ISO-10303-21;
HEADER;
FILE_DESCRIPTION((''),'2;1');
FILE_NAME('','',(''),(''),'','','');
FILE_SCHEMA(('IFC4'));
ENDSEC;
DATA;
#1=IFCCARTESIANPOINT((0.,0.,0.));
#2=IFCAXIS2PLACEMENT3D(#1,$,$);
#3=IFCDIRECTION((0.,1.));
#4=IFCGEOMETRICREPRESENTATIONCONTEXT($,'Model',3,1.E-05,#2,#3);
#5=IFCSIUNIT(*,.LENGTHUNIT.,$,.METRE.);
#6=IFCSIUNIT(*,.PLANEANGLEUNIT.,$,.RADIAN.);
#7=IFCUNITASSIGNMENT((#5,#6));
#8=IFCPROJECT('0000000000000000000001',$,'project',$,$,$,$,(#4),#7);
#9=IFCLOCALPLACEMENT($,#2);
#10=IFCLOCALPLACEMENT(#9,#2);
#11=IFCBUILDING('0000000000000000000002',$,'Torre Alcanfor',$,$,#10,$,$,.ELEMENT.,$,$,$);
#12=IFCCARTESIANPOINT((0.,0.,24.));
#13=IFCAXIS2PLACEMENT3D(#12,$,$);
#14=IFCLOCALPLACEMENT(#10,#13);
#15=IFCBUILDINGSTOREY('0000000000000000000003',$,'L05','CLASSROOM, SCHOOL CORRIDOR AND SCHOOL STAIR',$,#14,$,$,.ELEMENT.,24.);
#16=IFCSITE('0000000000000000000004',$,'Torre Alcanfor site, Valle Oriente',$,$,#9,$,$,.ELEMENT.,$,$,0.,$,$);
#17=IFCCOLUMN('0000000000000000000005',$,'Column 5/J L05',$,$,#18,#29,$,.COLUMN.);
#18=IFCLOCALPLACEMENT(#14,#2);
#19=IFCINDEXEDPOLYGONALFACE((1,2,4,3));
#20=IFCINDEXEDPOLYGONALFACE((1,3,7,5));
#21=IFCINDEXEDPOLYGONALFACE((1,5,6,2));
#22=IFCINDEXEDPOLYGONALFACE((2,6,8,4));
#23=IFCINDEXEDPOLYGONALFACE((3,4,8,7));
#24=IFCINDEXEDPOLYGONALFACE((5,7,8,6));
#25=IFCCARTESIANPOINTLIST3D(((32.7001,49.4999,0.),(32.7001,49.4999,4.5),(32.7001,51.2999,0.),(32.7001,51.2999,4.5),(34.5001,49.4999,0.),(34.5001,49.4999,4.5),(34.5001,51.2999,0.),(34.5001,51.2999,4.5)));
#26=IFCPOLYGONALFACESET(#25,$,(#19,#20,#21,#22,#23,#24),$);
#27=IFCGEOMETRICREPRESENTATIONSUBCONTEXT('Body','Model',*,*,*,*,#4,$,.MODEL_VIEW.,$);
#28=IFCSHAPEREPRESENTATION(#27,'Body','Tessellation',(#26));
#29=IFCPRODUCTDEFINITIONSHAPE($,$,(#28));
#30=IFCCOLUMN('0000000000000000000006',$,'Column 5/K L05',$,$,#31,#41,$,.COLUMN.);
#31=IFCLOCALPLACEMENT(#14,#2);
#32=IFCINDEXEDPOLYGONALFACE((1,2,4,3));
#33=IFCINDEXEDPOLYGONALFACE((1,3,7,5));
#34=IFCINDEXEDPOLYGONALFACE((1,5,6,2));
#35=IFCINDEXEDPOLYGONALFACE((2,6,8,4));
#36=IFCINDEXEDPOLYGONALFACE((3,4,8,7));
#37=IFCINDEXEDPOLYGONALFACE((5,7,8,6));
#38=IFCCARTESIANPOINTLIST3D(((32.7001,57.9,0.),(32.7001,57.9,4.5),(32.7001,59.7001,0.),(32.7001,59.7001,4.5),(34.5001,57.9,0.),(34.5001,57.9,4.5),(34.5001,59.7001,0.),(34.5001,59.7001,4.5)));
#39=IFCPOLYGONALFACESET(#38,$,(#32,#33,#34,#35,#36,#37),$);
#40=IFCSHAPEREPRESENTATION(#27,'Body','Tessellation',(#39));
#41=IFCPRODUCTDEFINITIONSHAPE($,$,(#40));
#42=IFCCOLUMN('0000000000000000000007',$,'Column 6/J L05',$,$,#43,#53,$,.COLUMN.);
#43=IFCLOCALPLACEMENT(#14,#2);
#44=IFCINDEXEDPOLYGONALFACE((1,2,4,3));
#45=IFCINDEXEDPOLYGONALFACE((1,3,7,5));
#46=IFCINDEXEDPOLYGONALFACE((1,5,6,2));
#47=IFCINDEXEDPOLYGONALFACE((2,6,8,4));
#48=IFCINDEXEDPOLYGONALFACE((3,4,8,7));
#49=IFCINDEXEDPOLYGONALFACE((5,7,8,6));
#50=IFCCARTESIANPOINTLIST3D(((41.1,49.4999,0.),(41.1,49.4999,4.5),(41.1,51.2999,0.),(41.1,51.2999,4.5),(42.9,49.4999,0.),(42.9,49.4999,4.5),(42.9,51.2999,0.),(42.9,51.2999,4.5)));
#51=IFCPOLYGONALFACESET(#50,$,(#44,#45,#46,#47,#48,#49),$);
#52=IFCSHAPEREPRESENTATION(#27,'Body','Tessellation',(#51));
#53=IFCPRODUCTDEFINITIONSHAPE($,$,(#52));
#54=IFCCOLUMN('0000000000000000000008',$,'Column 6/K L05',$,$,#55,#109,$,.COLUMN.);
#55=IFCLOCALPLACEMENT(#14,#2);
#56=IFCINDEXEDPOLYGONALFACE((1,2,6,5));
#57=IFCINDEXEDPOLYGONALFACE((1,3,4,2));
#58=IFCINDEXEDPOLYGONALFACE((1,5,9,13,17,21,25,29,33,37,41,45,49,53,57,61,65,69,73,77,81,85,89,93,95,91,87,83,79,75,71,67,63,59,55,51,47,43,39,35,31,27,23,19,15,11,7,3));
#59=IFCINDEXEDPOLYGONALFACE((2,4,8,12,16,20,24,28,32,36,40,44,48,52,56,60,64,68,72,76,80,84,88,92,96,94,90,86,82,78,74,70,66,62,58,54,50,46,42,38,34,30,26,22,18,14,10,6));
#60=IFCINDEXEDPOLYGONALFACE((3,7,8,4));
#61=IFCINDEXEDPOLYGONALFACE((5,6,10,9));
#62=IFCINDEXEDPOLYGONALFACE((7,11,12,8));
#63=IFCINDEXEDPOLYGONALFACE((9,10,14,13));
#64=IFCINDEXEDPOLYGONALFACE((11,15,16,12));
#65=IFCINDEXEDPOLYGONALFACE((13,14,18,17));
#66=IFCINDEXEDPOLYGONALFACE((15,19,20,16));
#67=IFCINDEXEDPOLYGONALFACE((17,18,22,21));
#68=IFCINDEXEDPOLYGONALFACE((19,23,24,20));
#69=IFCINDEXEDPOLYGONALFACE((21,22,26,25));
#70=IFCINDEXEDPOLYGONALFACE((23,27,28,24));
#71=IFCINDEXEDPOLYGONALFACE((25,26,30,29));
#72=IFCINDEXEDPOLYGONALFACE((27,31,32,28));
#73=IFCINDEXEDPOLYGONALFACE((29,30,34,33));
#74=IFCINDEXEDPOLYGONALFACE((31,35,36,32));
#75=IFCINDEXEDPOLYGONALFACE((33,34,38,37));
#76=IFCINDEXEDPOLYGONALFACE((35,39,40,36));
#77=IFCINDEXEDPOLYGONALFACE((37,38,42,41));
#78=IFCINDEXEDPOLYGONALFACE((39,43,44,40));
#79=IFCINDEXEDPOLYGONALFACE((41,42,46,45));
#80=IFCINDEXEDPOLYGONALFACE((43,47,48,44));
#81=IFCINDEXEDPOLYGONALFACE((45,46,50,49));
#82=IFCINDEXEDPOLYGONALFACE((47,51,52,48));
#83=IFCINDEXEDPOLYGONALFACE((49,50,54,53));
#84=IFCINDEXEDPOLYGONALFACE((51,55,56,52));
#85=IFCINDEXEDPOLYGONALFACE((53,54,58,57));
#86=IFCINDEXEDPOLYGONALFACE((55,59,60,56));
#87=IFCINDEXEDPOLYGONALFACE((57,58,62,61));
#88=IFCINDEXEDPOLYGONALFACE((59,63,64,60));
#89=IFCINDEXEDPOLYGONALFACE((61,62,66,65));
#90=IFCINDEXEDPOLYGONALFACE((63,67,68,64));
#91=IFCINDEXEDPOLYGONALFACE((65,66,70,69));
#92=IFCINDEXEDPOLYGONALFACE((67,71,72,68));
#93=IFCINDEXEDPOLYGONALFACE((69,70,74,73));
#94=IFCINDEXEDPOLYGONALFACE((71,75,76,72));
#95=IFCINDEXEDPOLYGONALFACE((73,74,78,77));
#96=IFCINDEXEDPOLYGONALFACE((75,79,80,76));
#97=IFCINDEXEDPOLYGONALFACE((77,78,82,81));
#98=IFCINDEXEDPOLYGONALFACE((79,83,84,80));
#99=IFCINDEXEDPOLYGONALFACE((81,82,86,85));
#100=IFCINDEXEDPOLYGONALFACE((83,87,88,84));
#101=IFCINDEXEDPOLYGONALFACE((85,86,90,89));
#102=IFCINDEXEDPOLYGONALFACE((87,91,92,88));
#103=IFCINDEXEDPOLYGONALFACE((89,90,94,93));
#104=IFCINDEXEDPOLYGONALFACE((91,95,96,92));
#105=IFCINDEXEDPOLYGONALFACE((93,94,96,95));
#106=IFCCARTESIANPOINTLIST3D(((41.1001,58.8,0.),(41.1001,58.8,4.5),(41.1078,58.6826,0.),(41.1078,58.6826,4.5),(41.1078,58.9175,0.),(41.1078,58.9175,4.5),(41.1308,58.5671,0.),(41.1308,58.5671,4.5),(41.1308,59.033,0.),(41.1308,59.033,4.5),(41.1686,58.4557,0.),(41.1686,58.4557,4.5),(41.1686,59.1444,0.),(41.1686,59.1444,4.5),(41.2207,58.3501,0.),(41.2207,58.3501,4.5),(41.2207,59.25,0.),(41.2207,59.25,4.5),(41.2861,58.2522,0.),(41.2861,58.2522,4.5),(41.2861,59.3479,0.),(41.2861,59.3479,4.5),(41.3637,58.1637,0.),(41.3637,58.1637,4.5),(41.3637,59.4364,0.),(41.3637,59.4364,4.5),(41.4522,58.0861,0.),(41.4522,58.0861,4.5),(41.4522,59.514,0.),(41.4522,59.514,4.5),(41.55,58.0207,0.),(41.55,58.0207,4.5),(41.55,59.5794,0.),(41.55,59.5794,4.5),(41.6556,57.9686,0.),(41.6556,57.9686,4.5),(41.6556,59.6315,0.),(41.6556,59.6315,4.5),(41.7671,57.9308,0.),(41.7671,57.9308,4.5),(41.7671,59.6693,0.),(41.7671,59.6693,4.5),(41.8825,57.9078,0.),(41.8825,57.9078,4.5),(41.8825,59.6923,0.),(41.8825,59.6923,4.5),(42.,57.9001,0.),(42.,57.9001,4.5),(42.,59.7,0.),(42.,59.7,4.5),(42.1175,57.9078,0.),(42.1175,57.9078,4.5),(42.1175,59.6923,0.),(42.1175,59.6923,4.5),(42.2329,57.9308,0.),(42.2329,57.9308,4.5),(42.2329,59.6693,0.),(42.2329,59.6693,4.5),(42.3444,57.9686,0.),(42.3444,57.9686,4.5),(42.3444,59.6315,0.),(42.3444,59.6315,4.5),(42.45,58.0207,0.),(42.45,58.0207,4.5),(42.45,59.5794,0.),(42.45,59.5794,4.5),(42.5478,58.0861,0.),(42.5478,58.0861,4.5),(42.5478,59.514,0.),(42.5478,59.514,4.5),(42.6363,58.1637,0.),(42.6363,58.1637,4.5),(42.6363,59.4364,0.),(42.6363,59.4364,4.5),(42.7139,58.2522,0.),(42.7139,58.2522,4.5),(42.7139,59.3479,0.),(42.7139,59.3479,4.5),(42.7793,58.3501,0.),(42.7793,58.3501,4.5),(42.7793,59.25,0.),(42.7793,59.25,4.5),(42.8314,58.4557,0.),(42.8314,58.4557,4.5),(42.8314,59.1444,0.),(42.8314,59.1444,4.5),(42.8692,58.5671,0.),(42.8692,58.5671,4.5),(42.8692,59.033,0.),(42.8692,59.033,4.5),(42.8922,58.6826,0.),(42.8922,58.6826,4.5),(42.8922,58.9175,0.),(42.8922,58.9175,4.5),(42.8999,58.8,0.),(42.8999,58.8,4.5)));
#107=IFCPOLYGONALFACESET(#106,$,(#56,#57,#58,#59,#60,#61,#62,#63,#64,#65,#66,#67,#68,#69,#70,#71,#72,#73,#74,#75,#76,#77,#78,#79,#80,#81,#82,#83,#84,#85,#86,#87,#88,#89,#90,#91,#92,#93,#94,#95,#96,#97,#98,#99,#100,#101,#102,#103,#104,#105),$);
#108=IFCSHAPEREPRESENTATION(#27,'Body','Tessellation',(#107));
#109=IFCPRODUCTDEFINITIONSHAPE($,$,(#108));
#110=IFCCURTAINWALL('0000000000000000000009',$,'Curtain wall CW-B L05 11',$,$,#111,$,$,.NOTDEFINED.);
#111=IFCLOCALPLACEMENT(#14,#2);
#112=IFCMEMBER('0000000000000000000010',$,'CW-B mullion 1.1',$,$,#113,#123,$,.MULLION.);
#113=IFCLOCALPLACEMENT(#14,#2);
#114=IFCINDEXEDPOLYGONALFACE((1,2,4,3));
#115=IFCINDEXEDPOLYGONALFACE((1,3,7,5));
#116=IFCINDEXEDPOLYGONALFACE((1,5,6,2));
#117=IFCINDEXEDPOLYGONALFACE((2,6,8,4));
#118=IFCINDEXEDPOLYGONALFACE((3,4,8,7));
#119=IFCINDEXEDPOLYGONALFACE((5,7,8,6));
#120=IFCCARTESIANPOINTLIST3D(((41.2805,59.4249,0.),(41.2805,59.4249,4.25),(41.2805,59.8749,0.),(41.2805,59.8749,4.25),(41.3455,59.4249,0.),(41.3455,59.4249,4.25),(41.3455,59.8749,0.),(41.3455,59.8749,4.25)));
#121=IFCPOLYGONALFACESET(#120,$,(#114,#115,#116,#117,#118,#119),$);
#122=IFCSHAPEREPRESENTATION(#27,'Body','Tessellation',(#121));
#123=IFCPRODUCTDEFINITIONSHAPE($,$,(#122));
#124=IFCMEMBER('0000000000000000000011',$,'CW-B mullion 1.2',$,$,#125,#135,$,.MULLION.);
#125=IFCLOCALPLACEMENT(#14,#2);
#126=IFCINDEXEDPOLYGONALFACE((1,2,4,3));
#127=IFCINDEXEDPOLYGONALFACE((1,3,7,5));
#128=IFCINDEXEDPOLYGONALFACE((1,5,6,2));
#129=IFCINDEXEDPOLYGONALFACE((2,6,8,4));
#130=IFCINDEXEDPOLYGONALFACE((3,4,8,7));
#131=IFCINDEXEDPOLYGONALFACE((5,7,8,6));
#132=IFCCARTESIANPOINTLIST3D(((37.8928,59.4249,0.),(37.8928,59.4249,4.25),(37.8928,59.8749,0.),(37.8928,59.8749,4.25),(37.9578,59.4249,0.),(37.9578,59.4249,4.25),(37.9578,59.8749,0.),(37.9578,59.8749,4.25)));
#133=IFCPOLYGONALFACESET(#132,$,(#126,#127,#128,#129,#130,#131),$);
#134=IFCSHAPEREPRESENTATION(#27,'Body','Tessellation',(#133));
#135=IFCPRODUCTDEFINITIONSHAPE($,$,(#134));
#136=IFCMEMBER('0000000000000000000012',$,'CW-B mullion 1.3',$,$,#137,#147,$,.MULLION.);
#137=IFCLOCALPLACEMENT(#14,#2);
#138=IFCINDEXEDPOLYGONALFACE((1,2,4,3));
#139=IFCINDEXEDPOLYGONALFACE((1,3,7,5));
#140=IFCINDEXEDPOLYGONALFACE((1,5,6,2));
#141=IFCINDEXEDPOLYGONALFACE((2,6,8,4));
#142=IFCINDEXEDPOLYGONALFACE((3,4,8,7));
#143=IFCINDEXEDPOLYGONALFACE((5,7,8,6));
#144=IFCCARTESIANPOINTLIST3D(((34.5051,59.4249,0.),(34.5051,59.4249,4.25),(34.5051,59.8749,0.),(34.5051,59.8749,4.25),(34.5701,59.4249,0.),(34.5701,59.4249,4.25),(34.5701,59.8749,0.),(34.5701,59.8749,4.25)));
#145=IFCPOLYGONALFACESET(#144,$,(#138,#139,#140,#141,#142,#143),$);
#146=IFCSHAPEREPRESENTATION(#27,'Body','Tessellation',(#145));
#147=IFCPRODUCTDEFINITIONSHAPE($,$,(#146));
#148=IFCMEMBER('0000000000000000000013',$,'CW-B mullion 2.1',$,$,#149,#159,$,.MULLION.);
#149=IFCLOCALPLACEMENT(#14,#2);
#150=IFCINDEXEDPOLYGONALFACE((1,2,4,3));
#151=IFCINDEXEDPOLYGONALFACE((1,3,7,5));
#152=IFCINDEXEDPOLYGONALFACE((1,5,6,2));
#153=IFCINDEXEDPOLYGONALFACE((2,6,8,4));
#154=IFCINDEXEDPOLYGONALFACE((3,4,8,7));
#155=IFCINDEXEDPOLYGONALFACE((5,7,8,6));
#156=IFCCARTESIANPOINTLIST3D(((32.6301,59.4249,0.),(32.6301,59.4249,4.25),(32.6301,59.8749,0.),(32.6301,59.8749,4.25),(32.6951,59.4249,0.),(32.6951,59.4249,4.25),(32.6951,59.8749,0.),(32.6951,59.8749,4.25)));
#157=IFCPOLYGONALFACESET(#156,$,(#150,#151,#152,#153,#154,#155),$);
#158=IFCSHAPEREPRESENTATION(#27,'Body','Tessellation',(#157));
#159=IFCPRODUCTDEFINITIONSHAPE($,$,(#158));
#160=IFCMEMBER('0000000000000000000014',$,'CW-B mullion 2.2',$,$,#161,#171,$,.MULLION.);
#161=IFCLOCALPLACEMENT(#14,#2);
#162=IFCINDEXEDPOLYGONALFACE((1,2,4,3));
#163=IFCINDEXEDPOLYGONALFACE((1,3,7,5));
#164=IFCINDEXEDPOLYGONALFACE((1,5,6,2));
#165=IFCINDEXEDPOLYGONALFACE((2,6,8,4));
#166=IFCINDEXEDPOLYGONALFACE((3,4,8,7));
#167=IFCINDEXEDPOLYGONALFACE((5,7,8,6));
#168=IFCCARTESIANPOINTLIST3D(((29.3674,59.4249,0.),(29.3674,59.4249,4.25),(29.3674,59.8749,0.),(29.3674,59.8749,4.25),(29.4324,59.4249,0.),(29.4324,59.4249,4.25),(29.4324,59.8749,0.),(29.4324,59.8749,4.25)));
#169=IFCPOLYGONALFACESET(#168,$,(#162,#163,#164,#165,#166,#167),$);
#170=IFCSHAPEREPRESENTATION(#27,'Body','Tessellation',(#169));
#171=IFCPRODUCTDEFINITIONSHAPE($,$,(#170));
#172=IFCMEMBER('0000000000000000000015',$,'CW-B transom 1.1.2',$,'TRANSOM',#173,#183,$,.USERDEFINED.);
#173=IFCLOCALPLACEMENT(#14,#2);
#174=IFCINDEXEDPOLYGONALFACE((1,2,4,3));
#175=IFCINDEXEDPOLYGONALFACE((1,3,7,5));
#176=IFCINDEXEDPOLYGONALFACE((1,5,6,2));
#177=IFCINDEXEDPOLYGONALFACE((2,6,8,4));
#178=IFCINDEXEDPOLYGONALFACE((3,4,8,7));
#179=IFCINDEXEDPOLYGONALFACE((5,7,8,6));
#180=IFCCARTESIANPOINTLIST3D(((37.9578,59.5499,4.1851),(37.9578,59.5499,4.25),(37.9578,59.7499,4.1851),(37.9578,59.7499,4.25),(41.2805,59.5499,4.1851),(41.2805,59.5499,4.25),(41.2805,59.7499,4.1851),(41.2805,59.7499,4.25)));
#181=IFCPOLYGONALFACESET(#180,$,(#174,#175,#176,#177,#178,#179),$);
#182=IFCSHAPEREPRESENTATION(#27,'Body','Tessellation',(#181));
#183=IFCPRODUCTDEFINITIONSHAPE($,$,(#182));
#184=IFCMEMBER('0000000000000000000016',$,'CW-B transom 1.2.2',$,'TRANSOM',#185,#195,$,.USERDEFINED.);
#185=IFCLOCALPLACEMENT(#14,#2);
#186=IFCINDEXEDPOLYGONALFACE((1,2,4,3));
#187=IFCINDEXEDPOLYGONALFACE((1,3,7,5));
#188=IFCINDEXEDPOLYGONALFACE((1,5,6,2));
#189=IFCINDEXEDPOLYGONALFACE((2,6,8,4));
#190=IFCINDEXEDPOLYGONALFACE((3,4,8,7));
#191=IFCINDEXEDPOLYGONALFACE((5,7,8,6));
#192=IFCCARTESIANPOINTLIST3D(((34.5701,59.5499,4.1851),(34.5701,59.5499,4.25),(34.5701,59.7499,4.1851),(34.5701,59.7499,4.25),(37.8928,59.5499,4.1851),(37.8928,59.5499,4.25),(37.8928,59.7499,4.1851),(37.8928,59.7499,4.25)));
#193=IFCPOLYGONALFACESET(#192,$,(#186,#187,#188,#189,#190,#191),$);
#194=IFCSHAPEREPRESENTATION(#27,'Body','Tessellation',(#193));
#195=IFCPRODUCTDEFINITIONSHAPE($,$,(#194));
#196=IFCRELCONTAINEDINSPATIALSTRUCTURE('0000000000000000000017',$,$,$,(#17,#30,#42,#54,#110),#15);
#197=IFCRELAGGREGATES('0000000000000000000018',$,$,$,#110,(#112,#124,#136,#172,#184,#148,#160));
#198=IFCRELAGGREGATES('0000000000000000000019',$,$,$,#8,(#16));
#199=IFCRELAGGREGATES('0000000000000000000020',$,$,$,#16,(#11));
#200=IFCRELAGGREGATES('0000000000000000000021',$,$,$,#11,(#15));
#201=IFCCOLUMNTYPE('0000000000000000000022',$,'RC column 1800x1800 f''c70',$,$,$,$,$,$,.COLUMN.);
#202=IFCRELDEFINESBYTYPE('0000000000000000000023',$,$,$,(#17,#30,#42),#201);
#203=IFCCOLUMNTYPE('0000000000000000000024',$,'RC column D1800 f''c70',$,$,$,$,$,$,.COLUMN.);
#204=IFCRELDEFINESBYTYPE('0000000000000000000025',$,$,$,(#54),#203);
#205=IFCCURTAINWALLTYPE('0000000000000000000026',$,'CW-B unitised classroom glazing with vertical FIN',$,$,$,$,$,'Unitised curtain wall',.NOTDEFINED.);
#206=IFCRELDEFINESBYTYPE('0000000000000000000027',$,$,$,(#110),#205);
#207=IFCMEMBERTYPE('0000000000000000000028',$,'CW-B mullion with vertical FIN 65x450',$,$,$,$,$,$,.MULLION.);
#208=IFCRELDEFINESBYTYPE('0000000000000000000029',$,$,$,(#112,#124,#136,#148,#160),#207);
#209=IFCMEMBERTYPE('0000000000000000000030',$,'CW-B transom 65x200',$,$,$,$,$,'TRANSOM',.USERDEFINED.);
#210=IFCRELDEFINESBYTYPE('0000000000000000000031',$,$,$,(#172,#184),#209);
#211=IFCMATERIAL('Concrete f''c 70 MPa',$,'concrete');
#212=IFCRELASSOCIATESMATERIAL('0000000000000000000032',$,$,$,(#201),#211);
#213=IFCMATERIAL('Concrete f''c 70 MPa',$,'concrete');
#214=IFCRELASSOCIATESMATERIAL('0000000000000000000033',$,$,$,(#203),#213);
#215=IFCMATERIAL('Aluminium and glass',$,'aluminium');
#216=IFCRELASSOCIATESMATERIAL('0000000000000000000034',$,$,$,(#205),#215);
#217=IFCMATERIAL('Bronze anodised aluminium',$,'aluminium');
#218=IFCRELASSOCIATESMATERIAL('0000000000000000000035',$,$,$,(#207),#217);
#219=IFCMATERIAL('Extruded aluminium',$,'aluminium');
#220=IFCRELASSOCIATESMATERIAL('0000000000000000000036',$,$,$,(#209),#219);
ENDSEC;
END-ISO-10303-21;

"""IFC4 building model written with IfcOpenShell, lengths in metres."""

from ifc_helpers import new_model, si_unit, direction, frame, origin, origin_2d, place, context, subcontext, project, spatial, rectangle, circle, extrude, material, material_profile, profile_set, type_object, element, aggregate, save


model = new_model("IFC4")

# Units and contexts
model_context = context("Model", 3, precision=1e-05, world=origin(), true_north=direction((0.0, 1.0)))
body_context = subcontext(model_context, "Body", "Model", "MODEL_VIEW")
ifc_project = project(units=[si_unit("LENGTHUNIT", "METRE"), si_unit("PLANEANGLEUNIT", "RADIAN")], contexts=[model_context])

# Site, building, storey
site_placement = place(None, origin())
site = spatial("IfcSite", under=ifc_project, at=site_placement, Name="Torre Alcanfor site, Valle Oriente", CompositionType="ELEMENT", RefElevation=0.0)
building_placement = place(site_placement, origin())
building = spatial("IfcBuilding", under=site, at=building_placement, Name="Torre Alcanfor", CompositionType="ELEMENT")
storey_placement = place(building_placement, frame((0.0, 0.0, 24.0)))
storey = spatial("IfcBuildingStorey", under=building, at=storey_placement, Name="L05", Description="CLASSROOM, SCHOOL CORRIDOR AND SCHOOL STAIR", CompositionType="ELEMENT", Elevation=24.0)

# Columns
ifc_material_1 = material(Name="Concrete f'c 70 MPa", Category="concrete")
ifc_material_profile_1 = material_profile(ifc_material_1, rectangle(XDim=1.8, YDim=1.8, at=origin_2d()), Name="1800x1800")
ifc_profile_set_1 = profile_set([ifc_material_profile_1], Name="Concrete f'c 70 MPa")
column_type_1 = type_object("IfcColumnType", Name="RC column 1800x1800 f'c70", PredefinedType="COLUMN", material=ifc_profile_set_1)
for number, where, z_axis, x_axis, name in (
    (1, (33.6001, 50.3999, 0.0), (0.0, 0.0, 1.0), (1.0, 0.0, 0.0), "Column 5/J L05"),
    (2, (33.6001, 58.8, 0.0), (0.0, 0.0, 1.0), (1.0, 0.0, 0.0), "Column 5/K L05"),
    (3, (42.0, 50.3999, 0.0), (0.0, 0.0, 1.0), (1.0, 0.0, 0.0), "Column 6/J L05"),
):
    element("IfcColumn", number, at=place(storey_placement, frame(where, z_axis=z_axis, x_axis=x_axis)), inside=storey, type_object=column_type_1, Name=name, PredefinedType="COLUMN", context=body_context, shape_type="SweptSolid", body=[
        extrude(rectangle(XDim=1.8, YDim=1.8, at=origin_2d()), origin(), (0.0, 0.0, 1.0), 4.5),
    ])
ifc_material_2 = material(Name="Concrete f'c 70 MPa", Category="concrete")
ifc_material_profile_2 = material_profile(ifc_material_2, circle(Radius=0.8999, at=origin_2d()), Name="D1800")
ifc_profile_set_2 = profile_set([ifc_material_profile_2], Name="Concrete f'c 70 MPa")
column_type_2 = type_object("IfcColumnType", Name="RC column D1800 f'c70", PredefinedType="COLUMN", material=ifc_profile_set_2)
column_placement = place(storey_placement, frame((42.0, 58.8, 0.0), z_axis=(0.0, 0.0, 1.0), x_axis=(1.0, 0.0, 0.0)))
element("IfcColumn", 4, at=column_placement, inside=storey, type_object=column_type_2, Name="Column 6/K L05", PredefinedType="COLUMN", context=body_context, shape_type="SweptSolid", body=[
    extrude(circle(Radius=0.8999, at=origin_2d()), origin(), (0.0, 0.0, 1.0), 4.5),
])

# Curtain wall, members
ifc_material_3 = material(Name="Aluminium and glass", Category="aluminium")
curtain_wall_type_1 = type_object("IfcCurtainWallType", Name="CW-B unitised classroom glazing with vertical FIN", ElementType="Unitised curtain wall", PredefinedType="NOTDEFINED", material=ifc_material_3)
curtain_wall_1_placement = place(storey_placement, origin())
curtain_wall_1 = element("IfcCurtainWall", 5, at=curtain_wall_1_placement, inside=storey, type_object=curtain_wall_type_1, Name="Curtain wall CW-B L05 11", PredefinedType="NOTDEFINED")
ifc_material_4 = material(Name="Bronze anodised aluminium", Category="aluminium")
ifc_material_profile_3 = material_profile(ifc_material_4, rectangle(XDim=0.45, YDim=0.0649, at=origin_2d()), Name="CW-B mullion 65x450")
ifc_profile_set_3 = profile_set([ifc_material_profile_3], Name="Bronze anodised aluminium")
member_type_1 = type_object("IfcMemberType", Name="CW-B mullion with vertical FIN 65x450", PredefinedType="MULLION", material=ifc_profile_set_3)
member_1_placement = place(storey_placement, frame((41.313, 59.6499, 0.0), z_axis=(0.0, 0.0, 1.0), x_axis=(0.0, -1.0, 0.0)))
member_1 = element("IfcMember", 6, at=member_1_placement, type_object=member_type_1, Name="CW-B mullion 1.1", PredefinedType="MULLION", context=body_context, shape_type="SweptSolid", body=[
    extrude(rectangle(XDim=0.45, YDim=0.0649, at=origin_2d()), origin(), (0.0, 0.0, 1.0), 4.25),
])
member_2_placement = place(storey_placement, frame((37.9253, 59.6499, 0.0), z_axis=(0.0, 0.0, 1.0), x_axis=(0.0, -1.0, 0.0)))
member_2 = element("IfcMember", 7, at=member_2_placement, type_object=member_type_1, Name="CW-B mullion 1.2", PredefinedType="MULLION", context=body_context, shape_type="SweptSolid", body=[
    extrude(rectangle(XDim=0.45, YDim=0.0649, at=origin_2d()), origin(), (0.0, 0.0, 1.0), 4.25),
])
member_3_placement = place(storey_placement, frame((34.5376, 59.6499, 0.0), z_axis=(0.0, 0.0, 1.0), x_axis=(0.0, -1.0, 0.0)))
member_3 = element("IfcMember", 8, at=member_3_placement, type_object=member_type_1, Name="CW-B mullion 1.3", PredefinedType="MULLION", context=body_context, shape_type="SweptSolid", body=[
    extrude(rectangle(XDim=0.45, YDim=0.0649, at=origin_2d()), origin(), (0.0, 0.0, 1.0), 4.25),
])
member_4_placement = place(storey_placement, frame((32.6626, 59.6499, 0.0), z_axis=(0.0, 0.0, 1.0), x_axis=(0.0, -1.0, 0.0)))
member_4 = element("IfcMember", 9, at=member_4_placement, type_object=member_type_1, Name="CW-B mullion 2.1", PredefinedType="MULLION", context=body_context, shape_type="SweptSolid", body=[
    extrude(rectangle(XDim=0.45, YDim=0.0649, at=origin_2d()), origin(), (0.0, 0.0, 1.0), 4.25),
])
member_5_placement = place(storey_placement, frame((29.3999, 59.6499, 0.0), z_axis=(0.0, 0.0, 1.0), x_axis=(0.0, -1.0, 0.0)))
member_5 = element("IfcMember", 10, at=member_5_placement, type_object=member_type_1, Name="CW-B mullion 2.2", PredefinedType="MULLION", context=body_context, shape_type="SweptSolid", body=[
    extrude(rectangle(XDim=0.45, YDim=0.0649, at=origin_2d()), origin(), (0.0, 0.0, 1.0), 4.25),
])
ifc_material_5 = material(Name="Extruded aluminium", Category="aluminium")
ifc_material_profile_4 = material_profile(ifc_material_5, rectangle(XDim=0.2, YDim=0.0649, at=origin_2d()), Name="CW-B transom 200x65")
ifc_profile_set_4 = profile_set([ifc_material_profile_4], Name="Extruded aluminium")
member_type_2 = type_object("IfcMemberType", Name="CW-B transom 65x200", ElementType="TRANSOM", PredefinedType="USERDEFINED", material=ifc_profile_set_4)
member_6_placement = place(storey_placement, frame((41.2805, 59.6499, 4.2175), z_axis=(-1.0, 0.0, 0.0), x_axis=(0.0, -1.0, 0.0)))
member_6 = element("IfcMember", 11, at=member_6_placement, type_object=member_type_2, Name="CW-B transom 1.1.2", ObjectType="TRANSOM", PredefinedType="USERDEFINED", context=body_context, shape_type="SweptSolid", body=[
    extrude(rectangle(XDim=0.2, YDim=0.0649, at=origin_2d()), origin(), (0.0, 0.0, 1.0), 3.3228),
])
member_7_placement = place(storey_placement, frame((37.8928, 59.6499, 4.2175), z_axis=(-1.0, 0.0, 0.0), x_axis=(0.0, -1.0, 0.0)))
member_7 = element("IfcMember", 12, at=member_7_placement, type_object=member_type_2, Name="CW-B transom 1.2.2", ObjectType="TRANSOM", PredefinedType="USERDEFINED", context=body_context, shape_type="SweptSolid", body=[
    extrude(rectangle(XDim=0.2, YDim=0.0649, at=origin_2d()), origin(), (0.0, 0.0, 1.0), 3.3228),
])

aggregate(curtain_wall_1, [member_1, member_2, member_3, member_6, member_7, member_4, member_5])

save(model, "model.ifc")
